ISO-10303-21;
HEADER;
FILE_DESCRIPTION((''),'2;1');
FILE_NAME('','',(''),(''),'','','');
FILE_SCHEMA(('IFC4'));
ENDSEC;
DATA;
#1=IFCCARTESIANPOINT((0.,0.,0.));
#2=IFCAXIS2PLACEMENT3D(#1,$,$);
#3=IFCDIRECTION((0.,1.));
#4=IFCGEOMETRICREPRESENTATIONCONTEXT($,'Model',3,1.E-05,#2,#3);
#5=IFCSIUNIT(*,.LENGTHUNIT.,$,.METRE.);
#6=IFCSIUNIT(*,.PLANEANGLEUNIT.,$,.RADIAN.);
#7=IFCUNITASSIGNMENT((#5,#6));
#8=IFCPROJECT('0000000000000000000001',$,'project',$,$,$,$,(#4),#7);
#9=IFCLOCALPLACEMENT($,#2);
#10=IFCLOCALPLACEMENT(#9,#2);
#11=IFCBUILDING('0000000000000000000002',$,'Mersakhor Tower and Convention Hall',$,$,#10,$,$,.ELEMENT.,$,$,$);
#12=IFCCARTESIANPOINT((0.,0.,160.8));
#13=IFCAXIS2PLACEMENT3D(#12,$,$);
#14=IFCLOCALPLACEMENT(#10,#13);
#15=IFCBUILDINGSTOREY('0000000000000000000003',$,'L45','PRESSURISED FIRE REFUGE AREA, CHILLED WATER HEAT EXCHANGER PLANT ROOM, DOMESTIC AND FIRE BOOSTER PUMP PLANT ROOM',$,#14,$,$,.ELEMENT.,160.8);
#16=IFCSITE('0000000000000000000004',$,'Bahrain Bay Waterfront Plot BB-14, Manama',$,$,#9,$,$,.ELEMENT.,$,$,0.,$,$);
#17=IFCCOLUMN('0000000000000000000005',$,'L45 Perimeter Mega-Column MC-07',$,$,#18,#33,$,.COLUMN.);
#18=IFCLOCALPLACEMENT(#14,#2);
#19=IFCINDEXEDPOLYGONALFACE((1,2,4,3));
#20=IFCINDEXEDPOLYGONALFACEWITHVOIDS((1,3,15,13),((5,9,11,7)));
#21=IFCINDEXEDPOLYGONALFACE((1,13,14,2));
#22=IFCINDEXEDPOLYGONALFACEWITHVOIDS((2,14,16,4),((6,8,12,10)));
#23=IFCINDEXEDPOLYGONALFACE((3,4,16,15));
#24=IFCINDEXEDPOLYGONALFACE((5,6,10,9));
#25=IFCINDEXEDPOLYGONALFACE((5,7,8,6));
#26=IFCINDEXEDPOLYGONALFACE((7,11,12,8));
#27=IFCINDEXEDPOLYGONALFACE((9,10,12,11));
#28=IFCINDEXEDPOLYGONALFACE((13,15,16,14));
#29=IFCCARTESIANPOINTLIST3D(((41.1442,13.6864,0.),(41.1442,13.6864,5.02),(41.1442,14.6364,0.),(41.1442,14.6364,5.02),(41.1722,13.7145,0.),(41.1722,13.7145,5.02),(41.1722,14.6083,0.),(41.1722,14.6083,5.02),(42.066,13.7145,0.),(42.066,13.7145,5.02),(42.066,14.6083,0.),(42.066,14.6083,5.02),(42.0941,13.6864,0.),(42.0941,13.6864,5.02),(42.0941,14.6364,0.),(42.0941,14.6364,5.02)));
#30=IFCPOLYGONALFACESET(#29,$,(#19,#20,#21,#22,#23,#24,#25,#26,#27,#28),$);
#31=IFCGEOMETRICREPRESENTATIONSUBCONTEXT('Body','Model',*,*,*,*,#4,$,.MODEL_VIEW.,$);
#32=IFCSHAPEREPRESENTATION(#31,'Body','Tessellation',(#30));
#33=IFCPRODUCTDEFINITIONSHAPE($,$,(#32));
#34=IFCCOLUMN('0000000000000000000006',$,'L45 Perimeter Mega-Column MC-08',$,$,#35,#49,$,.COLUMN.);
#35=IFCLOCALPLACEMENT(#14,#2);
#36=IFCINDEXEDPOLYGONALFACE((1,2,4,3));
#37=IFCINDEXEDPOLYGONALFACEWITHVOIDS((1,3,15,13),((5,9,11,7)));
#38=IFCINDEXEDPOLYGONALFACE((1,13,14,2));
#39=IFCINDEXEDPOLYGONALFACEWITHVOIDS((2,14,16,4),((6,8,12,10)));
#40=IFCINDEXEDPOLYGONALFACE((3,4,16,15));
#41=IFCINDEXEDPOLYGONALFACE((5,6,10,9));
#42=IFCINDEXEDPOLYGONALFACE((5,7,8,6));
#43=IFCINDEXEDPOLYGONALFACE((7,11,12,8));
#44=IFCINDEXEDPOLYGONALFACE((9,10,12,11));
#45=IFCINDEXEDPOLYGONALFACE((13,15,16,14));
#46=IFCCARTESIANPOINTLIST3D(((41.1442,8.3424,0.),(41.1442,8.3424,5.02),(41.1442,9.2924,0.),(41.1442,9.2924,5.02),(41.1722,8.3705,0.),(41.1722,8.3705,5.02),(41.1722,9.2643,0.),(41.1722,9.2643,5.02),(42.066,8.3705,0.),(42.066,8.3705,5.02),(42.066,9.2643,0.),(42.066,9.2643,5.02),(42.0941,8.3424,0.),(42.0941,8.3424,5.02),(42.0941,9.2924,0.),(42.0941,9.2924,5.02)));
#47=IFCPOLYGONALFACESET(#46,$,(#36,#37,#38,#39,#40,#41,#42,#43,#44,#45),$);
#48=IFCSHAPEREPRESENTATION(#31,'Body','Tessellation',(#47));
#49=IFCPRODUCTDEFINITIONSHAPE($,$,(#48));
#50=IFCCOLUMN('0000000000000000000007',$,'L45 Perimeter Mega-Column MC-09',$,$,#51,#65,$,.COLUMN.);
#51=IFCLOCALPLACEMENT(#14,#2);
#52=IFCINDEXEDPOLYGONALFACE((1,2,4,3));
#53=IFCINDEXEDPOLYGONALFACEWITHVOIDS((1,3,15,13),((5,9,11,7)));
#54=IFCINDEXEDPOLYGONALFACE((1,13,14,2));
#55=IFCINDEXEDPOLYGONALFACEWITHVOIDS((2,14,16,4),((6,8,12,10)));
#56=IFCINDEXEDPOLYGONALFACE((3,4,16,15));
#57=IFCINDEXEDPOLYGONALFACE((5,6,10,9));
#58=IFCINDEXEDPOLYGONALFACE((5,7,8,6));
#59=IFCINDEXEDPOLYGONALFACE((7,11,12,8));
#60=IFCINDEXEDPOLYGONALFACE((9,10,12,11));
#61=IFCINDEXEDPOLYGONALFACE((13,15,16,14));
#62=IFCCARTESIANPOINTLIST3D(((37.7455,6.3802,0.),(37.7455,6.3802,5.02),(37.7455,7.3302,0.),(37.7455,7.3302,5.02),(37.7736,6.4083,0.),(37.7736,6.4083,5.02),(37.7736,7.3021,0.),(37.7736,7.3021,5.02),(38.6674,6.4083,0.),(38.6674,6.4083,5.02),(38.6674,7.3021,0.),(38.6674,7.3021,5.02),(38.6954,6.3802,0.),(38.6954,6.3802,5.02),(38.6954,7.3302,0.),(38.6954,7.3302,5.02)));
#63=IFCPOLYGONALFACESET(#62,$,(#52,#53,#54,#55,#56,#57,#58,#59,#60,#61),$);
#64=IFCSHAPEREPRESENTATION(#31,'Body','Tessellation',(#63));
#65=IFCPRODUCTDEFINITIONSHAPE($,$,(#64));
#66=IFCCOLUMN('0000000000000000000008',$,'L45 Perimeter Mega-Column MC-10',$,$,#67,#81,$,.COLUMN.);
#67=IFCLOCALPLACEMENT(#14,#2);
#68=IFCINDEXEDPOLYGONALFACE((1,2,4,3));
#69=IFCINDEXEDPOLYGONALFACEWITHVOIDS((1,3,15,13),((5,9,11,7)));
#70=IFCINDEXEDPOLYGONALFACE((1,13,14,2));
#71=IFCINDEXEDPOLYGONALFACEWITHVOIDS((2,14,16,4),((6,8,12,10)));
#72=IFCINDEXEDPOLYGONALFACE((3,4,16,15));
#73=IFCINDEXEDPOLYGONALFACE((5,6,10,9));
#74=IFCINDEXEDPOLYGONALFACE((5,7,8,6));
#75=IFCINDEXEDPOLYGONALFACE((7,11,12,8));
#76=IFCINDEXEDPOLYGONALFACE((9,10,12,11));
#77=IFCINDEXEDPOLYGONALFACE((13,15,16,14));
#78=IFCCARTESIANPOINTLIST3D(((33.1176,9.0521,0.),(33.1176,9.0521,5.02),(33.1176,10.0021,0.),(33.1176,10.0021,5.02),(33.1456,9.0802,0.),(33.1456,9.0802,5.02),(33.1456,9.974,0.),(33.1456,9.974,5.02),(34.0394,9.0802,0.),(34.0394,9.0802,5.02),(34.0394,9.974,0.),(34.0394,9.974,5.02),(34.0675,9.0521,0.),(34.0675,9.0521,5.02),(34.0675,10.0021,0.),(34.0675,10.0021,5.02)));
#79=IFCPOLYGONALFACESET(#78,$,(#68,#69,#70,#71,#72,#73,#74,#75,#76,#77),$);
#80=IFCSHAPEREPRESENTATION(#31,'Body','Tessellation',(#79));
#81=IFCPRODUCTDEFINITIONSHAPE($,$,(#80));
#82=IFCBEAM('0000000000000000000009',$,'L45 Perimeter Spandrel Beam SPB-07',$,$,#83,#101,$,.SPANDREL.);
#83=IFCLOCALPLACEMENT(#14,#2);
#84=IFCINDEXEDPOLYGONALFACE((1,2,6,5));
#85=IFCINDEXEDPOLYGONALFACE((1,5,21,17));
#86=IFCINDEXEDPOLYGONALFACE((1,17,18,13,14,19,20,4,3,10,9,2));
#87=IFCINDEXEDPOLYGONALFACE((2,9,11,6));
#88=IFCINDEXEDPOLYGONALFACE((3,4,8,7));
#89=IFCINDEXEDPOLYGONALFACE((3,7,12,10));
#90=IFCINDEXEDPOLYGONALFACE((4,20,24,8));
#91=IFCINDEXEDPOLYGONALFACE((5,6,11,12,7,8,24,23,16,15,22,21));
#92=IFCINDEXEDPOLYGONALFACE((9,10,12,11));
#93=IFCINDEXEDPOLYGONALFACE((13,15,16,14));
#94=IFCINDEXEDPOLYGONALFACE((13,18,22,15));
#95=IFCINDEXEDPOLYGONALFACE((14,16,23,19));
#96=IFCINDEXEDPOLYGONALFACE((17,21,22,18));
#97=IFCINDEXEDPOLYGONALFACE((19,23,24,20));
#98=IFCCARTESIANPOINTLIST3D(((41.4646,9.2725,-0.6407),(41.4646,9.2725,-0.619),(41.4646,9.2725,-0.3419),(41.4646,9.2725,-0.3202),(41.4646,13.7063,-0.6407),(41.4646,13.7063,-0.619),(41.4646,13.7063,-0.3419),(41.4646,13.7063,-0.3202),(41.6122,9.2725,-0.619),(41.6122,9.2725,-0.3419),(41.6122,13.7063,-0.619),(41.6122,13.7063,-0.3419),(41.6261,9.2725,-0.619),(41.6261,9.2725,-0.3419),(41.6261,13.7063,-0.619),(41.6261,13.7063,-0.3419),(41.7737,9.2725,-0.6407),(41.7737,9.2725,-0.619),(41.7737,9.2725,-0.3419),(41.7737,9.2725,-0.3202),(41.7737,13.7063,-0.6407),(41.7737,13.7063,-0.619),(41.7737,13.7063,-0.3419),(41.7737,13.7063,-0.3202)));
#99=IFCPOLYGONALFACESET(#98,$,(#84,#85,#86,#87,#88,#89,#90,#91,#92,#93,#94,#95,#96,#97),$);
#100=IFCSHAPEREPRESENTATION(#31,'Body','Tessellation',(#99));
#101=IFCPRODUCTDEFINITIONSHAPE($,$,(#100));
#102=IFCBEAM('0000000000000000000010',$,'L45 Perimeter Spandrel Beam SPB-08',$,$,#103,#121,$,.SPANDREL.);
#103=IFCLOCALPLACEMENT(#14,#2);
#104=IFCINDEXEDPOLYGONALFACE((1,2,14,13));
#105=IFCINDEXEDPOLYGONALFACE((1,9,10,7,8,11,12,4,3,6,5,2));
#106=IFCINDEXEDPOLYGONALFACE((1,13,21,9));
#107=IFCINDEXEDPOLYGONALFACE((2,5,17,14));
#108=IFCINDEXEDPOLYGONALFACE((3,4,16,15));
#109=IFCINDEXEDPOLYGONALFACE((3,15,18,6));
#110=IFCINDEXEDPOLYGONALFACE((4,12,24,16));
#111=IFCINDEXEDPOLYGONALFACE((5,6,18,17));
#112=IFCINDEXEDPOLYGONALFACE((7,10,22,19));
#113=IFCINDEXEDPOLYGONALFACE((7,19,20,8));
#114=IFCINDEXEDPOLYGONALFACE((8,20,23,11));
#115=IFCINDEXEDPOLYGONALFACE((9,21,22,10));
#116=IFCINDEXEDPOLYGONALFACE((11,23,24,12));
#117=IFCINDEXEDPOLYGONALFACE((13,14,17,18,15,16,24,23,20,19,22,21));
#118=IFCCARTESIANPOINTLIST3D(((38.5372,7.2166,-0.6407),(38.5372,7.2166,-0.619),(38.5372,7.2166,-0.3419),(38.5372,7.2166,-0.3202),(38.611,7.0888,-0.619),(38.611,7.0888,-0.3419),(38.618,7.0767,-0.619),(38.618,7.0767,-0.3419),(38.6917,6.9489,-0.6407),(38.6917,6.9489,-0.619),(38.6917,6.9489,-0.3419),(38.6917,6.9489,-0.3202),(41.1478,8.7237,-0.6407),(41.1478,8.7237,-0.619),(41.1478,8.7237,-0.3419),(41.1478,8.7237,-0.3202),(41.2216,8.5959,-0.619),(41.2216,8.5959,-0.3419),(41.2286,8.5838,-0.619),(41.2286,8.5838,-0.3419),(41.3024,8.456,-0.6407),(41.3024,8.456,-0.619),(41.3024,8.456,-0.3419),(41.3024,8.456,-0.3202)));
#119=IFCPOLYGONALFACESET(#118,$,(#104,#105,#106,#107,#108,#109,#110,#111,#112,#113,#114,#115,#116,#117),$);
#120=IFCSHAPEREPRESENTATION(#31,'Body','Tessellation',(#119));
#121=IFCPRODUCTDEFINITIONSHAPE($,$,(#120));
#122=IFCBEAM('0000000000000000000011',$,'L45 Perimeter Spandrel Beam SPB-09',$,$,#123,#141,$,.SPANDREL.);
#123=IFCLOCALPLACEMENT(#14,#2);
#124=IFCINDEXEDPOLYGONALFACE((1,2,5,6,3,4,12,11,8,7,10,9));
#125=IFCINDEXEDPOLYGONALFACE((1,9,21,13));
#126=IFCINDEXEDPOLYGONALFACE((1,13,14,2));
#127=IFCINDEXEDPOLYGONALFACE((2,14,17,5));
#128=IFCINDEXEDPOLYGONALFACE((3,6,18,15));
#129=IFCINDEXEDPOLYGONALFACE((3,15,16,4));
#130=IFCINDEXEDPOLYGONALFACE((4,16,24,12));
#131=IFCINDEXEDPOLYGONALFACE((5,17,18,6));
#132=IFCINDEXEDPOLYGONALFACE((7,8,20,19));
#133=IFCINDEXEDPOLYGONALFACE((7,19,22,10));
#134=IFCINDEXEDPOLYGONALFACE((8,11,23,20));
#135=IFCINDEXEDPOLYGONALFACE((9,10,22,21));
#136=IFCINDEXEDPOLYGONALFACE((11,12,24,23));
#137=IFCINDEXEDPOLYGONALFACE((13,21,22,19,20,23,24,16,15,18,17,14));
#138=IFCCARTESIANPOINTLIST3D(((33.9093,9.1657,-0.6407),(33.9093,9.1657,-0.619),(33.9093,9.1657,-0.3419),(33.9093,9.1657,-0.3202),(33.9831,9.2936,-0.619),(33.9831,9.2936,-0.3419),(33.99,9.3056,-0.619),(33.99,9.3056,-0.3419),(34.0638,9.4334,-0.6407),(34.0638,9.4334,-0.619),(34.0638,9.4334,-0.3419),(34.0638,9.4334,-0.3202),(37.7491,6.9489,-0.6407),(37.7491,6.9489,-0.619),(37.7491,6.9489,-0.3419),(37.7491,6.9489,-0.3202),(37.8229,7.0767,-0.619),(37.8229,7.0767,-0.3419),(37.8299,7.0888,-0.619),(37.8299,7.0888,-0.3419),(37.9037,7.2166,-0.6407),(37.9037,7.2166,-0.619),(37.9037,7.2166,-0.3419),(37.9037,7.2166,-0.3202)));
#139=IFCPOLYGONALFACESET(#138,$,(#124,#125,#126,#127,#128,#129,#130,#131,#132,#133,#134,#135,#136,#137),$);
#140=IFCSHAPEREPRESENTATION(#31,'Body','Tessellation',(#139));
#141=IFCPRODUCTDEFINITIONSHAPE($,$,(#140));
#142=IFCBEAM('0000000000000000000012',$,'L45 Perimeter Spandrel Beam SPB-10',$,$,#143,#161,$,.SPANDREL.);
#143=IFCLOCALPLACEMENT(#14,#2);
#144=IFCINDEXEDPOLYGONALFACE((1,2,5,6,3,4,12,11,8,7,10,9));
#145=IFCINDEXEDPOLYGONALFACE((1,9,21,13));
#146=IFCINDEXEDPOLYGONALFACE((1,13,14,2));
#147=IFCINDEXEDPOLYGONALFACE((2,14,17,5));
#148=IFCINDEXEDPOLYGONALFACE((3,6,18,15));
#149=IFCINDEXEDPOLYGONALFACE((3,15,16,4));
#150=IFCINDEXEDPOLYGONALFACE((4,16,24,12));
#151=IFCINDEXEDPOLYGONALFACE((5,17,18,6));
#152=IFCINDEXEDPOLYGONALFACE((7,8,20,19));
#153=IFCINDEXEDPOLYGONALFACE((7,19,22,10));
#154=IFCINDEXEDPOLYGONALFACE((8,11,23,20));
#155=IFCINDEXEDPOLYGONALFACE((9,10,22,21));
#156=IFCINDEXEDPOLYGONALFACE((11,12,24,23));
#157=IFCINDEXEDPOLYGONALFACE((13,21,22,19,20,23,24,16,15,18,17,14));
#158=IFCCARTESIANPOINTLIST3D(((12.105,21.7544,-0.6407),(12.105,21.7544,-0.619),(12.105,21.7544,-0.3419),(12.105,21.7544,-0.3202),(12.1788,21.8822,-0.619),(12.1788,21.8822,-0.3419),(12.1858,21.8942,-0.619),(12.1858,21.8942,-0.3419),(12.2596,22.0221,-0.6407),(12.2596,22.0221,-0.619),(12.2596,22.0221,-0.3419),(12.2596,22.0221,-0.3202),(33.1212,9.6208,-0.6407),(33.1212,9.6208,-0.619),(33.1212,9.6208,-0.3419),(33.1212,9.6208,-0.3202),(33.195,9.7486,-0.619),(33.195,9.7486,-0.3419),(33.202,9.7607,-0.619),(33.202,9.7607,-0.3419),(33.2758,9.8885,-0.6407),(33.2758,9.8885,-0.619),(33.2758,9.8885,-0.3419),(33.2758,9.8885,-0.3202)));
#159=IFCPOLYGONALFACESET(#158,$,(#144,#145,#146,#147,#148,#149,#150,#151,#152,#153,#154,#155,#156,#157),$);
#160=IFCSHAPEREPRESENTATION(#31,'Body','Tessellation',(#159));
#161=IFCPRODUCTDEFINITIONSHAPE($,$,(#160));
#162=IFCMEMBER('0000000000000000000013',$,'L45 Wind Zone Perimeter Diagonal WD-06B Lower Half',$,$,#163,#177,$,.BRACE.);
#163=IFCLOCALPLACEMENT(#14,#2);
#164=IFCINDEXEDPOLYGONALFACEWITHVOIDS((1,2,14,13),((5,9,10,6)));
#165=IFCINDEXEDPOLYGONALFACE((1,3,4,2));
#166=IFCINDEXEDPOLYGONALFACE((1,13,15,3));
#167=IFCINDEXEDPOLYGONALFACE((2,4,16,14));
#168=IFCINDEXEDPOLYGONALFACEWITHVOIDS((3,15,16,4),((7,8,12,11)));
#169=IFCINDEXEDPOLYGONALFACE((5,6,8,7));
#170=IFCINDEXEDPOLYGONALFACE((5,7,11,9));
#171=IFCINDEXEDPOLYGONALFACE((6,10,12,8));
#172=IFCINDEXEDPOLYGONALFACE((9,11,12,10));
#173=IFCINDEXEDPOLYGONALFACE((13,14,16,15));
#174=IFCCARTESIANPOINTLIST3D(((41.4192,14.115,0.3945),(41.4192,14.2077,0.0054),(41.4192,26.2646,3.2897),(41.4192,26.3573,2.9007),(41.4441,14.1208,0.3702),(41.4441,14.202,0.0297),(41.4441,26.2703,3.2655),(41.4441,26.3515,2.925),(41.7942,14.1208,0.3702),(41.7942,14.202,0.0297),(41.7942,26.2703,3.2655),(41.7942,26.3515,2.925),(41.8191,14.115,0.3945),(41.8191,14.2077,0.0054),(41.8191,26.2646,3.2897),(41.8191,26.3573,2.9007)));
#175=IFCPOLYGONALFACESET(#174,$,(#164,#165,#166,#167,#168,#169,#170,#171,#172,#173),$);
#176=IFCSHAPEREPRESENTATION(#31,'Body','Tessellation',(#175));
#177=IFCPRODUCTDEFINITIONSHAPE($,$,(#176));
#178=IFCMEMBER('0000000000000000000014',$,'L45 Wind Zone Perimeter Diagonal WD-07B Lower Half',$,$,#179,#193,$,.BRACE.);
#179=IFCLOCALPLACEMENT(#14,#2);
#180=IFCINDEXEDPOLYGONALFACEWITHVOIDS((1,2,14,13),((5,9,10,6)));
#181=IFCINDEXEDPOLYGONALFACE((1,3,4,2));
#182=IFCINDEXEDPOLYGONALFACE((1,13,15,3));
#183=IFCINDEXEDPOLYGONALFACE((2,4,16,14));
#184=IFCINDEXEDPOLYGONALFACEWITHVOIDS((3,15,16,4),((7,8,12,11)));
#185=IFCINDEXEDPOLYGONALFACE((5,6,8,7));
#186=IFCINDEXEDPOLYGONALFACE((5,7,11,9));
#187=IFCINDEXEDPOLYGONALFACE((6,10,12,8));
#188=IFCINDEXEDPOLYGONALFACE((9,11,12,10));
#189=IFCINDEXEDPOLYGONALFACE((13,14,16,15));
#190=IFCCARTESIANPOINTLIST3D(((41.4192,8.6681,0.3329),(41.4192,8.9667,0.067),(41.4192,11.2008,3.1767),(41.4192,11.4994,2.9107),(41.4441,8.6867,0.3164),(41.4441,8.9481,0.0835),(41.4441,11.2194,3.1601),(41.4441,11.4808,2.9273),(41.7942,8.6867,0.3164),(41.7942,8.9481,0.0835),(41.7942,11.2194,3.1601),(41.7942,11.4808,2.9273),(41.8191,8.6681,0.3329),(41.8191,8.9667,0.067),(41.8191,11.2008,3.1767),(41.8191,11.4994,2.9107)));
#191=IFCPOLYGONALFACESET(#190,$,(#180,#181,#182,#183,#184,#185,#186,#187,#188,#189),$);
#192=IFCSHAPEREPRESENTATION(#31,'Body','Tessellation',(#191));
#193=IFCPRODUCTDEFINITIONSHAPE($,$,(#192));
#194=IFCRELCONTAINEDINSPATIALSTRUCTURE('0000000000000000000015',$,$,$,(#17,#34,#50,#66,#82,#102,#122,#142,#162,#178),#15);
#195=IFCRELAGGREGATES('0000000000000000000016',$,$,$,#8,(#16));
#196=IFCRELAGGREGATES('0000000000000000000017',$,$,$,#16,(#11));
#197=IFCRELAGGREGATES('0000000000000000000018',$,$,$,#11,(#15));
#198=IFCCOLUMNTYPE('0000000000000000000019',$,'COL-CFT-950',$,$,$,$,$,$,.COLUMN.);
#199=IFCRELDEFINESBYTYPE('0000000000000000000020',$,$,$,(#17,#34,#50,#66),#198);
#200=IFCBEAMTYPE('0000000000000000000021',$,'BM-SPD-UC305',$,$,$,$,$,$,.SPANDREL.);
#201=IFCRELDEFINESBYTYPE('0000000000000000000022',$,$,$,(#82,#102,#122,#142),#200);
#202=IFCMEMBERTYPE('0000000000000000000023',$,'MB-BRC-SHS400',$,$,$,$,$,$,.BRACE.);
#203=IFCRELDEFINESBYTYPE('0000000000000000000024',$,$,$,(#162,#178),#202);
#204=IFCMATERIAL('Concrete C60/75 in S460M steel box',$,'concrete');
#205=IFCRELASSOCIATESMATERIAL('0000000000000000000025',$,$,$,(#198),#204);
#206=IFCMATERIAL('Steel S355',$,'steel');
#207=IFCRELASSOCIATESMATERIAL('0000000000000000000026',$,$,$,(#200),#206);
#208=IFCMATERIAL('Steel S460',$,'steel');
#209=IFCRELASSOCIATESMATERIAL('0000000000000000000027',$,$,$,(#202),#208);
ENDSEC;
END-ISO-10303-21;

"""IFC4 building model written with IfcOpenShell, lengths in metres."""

from ifc_helpers import new_model, si_unit, direction, frame, origin, origin_2d, place, context, subcontext, project, spatial, hollow_rectangle, i_section, extrude, material, material_profile, profile_set, type_object, element, save


model = new_model("IFC4")

# Units and contexts
model_context = context("Model", 3, precision=1e-05, world=origin(), true_north=direction((0.0, 1.0)))
body_context = subcontext(model_context, "Body", "Model", "MODEL_VIEW")
ifc_project = project(units=[si_unit("LENGTHUNIT", "METRE"), si_unit("PLANEANGLEUNIT", "RADIAN")], contexts=[model_context])

# Site, building, storey
site_placement = place(None, origin())
site = spatial("IfcSite", under=ifc_project, at=site_placement, Name="Bahrain Bay Waterfront Plot BB-14, Manama", CompositionType="ELEMENT", RefElevation=0.0)
building_placement = place(site_placement, origin())
building = spatial("IfcBuilding", under=site, at=building_placement, Name="Mersakhor Tower and Convention Hall", CompositionType="ELEMENT")
storey_placement = place(building_placement, frame((0.0, 0.0, 160.8)))
storey = spatial("IfcBuildingStorey", under=building, at=storey_placement, Name="L45", Description="PRESSURISED FIRE REFUGE AREA, CHILLED WATER HEAT EXCHANGER PLANT ROOM, DOMESTIC AND FIRE BOOSTER PUMP PLANT ROOM", CompositionType="ELEMENT", Elevation=160.8)

# Columns
ifc_material_1 = material(Name="Concrete C60/75 in S460M steel box", Category="concrete")
ifc_material_profile_1 = material_profile(ifc_material_1, hollow_rectangle(XDim=0.95, YDim=0.95, WallThickness=0.0281, at=origin_2d()), Name="SHS 950x950x28")
ifc_profile_set_1 = profile_set([ifc_material_profile_1], Name="Concrete C60/75 in S460M steel box")
column_type = type_object("IfcColumnType", Name="COL-CFT-950", PredefinedType="COLUMN", material=ifc_profile_set_1)
for number, where, z_axis, x_axis, name in (
    (1, (41.6191, 14.1614, 0.0), (0.0, 0.0, 1.0), (1.0, 0.0, 0.0), "L45 Perimeter Mega-Column MC-07"),
    (2, (41.6191, 8.8174, 0.0), (0.0, 0.0, 1.0), (1.0, 0.0, 0.0), "L45 Perimeter Mega-Column MC-08"),
    (3, (38.2205, 6.8552, 0.0), (0.0, 0.0, 1.0), (1.0, 0.0, 0.0), "L45 Perimeter Mega-Column MC-09"),
    (4, (33.5925, 9.5271, 0.0), (0.0, 0.0, 1.0), (1.0, 0.0, 0.0), "L45 Perimeter Mega-Column MC-10"),
):
    element("IfcColumn", number, at=place(storey_placement, frame(where, z_axis=z_axis, x_axis=x_axis)), inside=storey, type_object=column_type, Name=name, PredefinedType="COLUMN", context=body_context, shape_type="SweptSolid", body=[
        extrude(hollow_rectangle(XDim=0.95, YDim=0.95, WallThickness=0.0281, at=origin_2d()), origin(), (0.0, 0.0, 1.0), 5.02),
    ])

# Beams
ifc_material_2 = material(Name="Steel S355", Category="steel")
ifc_material_profile_2 = material_profile(ifc_material_2, i_section(OverallWidth=0.3091, OverallDepth=0.3206, WebThickness=0.0139, FlangeThickness=0.0217, at=origin_2d()), Name="UC 305x305x137")
ifc_profile_set_2 = profile_set([ifc_material_profile_2], Name="Steel S355")
beam_type = type_object("IfcBeamType", Name="BM-SPD-UC305", PredefinedType="SPANDREL", material=ifc_profile_set_2)
beam_1_placement = place(storey_placement, frame((41.6191, 13.7063, -0.4805), z_axis=(0.0, -1.0, 0.0), x_axis=(1.0, 0.0, 0.0)))
element("IfcBeam", 5, at=beam_1_placement, inside=storey, type_object=beam_type, Name="L45 Perimeter Spandrel Beam SPB-07", PredefinedType="SPANDREL", context=body_context, shape_type="SweptSolid", body=[
    extrude(i_section(OverallWidth=0.3091, OverallDepth=0.3206, WebThickness=0.0139, FlangeThickness=0.0217, at=origin_2d()), origin(), (0.0, 0.0, 1.0), 4.4338),
])
beam_2_placement = place(storey_placement, frame((41.2251, 8.5898, -0.4805), z_axis=(-0.866047, -0.499963, 0.0), x_axis=(0.499963, -0.866047, 0.0)))
element("IfcBeam", 6, at=beam_2_placement, inside=storey, type_object=beam_type, Name="L45 Perimeter Spandrel Beam SPB-08", PredefinedType="SPANDREL", context=body_context, shape_type="SweptSolid", body=[
    extrude(i_section(OverallWidth=0.3091, OverallDepth=0.3206, WebThickness=0.0139, FlangeThickness=0.0217, at=origin_2d()), origin(), (0.0, 0.0, 1.0), 3.0144),
])
beam_3_placement = place(storey_placement, frame((37.8264, 7.0828, -0.4805), z_axis=(-0.866039, 0.499977, 0.0), x_axis=(-0.499977, -0.866039, 0.0)))
element("IfcBeam", 7, at=beam_3_placement, inside=storey, type_object=beam_type, Name="L45 Perimeter Spandrel Beam SPB-09", PredefinedType="SPANDREL", context=body_context, shape_type="SweptSolid", body=[
    extrude(i_section(OverallWidth=0.3091, OverallDepth=0.3206, WebThickness=0.0139, FlangeThickness=0.0217, at=origin_2d()), origin(), (0.0, 0.0, 1.0), 4.4338),
])
beam_4_placement = place(storey_placement, frame((33.1985, 9.7546, -0.4805), z_axis=(-0.866027, 0.499996, 0.0), x_axis=(-0.499996, -0.866027, 0.0)))
element("IfcBeam", 8, at=beam_4_placement, inside=storey, type_object=beam_type, Name="L45 Perimeter Spandrel Beam SPB-10", PredefinedType="SPANDREL", context=body_context, shape_type="SweptSolid", body=[
    extrude(i_section(OverallWidth=0.3091, OverallDepth=0.3206, WebThickness=0.0139, FlangeThickness=0.0217, at=origin_2d()), origin(), (0.0, 0.0, 1.0), 24.2673),
])

# Members
ifc_material_3 = material(Name="Steel S460", Category="steel")
ifc_material_profile_3 = material_profile(ifc_material_3, hollow_rectangle(XDim=0.3999, YDim=0.3999, WallThickness=0.0249, at=origin_2d()), Name="SHS 400x400x25")
ifc_profile_set_3 = profile_set([ifc_material_profile_3], Name="Steel S460")
member_type = type_object("IfcMemberType", Name="MB-BRC-SHS400", PredefinedType="BRACE", material=ifc_profile_set_3)
member_1_placement = place(storey_placement, frame((41.6191, 14.1614, 0.2), z_axis=(0.0, 0.97276, 0.231813), x_axis=(-1.0, 0.0, 0.0)))
element("IfcMember", 9, at=member_1_placement, inside=storey, type_object=member_type, Name="L45 Wind Zone Perimeter Diagonal WD-06B Lower Half", PredefinedType="BRACE", context=body_context, shape_type="SweptSolid", body=[
    extrude(hollow_rectangle(XDim=0.3999, YDim=0.3999, WallThickness=0.0249, at=origin_2d()), origin(), (0.0, 0.0, 1.0), 12.4897),
])
for number, where, z_axis, x_axis, name in (
    (10, (41.6191, 8.8174, 0.2), (0.0, 0.665088, 0.746765), (-1.0, 0.0, 0.0), "L45 Wind Zone Perimeter Diagonal WD-07B Lower Half"),
):
    element("IfcMember", number, at=place(storey_placement, frame(where, z_axis=z_axis, x_axis=x_axis)), inside=storey, type_object=member_type, Name=name, PredefinedType="BRACE", context=body_context, shape_type="SweptSolid", body=[
        extrude(hollow_rectangle(XDim=0.3999, YDim=0.3999, WallThickness=0.0249, at=origin_2d()), origin(), (0.0, 0.0, 1.0), 3.8081),
    ])

save(model, "model.ifc")
